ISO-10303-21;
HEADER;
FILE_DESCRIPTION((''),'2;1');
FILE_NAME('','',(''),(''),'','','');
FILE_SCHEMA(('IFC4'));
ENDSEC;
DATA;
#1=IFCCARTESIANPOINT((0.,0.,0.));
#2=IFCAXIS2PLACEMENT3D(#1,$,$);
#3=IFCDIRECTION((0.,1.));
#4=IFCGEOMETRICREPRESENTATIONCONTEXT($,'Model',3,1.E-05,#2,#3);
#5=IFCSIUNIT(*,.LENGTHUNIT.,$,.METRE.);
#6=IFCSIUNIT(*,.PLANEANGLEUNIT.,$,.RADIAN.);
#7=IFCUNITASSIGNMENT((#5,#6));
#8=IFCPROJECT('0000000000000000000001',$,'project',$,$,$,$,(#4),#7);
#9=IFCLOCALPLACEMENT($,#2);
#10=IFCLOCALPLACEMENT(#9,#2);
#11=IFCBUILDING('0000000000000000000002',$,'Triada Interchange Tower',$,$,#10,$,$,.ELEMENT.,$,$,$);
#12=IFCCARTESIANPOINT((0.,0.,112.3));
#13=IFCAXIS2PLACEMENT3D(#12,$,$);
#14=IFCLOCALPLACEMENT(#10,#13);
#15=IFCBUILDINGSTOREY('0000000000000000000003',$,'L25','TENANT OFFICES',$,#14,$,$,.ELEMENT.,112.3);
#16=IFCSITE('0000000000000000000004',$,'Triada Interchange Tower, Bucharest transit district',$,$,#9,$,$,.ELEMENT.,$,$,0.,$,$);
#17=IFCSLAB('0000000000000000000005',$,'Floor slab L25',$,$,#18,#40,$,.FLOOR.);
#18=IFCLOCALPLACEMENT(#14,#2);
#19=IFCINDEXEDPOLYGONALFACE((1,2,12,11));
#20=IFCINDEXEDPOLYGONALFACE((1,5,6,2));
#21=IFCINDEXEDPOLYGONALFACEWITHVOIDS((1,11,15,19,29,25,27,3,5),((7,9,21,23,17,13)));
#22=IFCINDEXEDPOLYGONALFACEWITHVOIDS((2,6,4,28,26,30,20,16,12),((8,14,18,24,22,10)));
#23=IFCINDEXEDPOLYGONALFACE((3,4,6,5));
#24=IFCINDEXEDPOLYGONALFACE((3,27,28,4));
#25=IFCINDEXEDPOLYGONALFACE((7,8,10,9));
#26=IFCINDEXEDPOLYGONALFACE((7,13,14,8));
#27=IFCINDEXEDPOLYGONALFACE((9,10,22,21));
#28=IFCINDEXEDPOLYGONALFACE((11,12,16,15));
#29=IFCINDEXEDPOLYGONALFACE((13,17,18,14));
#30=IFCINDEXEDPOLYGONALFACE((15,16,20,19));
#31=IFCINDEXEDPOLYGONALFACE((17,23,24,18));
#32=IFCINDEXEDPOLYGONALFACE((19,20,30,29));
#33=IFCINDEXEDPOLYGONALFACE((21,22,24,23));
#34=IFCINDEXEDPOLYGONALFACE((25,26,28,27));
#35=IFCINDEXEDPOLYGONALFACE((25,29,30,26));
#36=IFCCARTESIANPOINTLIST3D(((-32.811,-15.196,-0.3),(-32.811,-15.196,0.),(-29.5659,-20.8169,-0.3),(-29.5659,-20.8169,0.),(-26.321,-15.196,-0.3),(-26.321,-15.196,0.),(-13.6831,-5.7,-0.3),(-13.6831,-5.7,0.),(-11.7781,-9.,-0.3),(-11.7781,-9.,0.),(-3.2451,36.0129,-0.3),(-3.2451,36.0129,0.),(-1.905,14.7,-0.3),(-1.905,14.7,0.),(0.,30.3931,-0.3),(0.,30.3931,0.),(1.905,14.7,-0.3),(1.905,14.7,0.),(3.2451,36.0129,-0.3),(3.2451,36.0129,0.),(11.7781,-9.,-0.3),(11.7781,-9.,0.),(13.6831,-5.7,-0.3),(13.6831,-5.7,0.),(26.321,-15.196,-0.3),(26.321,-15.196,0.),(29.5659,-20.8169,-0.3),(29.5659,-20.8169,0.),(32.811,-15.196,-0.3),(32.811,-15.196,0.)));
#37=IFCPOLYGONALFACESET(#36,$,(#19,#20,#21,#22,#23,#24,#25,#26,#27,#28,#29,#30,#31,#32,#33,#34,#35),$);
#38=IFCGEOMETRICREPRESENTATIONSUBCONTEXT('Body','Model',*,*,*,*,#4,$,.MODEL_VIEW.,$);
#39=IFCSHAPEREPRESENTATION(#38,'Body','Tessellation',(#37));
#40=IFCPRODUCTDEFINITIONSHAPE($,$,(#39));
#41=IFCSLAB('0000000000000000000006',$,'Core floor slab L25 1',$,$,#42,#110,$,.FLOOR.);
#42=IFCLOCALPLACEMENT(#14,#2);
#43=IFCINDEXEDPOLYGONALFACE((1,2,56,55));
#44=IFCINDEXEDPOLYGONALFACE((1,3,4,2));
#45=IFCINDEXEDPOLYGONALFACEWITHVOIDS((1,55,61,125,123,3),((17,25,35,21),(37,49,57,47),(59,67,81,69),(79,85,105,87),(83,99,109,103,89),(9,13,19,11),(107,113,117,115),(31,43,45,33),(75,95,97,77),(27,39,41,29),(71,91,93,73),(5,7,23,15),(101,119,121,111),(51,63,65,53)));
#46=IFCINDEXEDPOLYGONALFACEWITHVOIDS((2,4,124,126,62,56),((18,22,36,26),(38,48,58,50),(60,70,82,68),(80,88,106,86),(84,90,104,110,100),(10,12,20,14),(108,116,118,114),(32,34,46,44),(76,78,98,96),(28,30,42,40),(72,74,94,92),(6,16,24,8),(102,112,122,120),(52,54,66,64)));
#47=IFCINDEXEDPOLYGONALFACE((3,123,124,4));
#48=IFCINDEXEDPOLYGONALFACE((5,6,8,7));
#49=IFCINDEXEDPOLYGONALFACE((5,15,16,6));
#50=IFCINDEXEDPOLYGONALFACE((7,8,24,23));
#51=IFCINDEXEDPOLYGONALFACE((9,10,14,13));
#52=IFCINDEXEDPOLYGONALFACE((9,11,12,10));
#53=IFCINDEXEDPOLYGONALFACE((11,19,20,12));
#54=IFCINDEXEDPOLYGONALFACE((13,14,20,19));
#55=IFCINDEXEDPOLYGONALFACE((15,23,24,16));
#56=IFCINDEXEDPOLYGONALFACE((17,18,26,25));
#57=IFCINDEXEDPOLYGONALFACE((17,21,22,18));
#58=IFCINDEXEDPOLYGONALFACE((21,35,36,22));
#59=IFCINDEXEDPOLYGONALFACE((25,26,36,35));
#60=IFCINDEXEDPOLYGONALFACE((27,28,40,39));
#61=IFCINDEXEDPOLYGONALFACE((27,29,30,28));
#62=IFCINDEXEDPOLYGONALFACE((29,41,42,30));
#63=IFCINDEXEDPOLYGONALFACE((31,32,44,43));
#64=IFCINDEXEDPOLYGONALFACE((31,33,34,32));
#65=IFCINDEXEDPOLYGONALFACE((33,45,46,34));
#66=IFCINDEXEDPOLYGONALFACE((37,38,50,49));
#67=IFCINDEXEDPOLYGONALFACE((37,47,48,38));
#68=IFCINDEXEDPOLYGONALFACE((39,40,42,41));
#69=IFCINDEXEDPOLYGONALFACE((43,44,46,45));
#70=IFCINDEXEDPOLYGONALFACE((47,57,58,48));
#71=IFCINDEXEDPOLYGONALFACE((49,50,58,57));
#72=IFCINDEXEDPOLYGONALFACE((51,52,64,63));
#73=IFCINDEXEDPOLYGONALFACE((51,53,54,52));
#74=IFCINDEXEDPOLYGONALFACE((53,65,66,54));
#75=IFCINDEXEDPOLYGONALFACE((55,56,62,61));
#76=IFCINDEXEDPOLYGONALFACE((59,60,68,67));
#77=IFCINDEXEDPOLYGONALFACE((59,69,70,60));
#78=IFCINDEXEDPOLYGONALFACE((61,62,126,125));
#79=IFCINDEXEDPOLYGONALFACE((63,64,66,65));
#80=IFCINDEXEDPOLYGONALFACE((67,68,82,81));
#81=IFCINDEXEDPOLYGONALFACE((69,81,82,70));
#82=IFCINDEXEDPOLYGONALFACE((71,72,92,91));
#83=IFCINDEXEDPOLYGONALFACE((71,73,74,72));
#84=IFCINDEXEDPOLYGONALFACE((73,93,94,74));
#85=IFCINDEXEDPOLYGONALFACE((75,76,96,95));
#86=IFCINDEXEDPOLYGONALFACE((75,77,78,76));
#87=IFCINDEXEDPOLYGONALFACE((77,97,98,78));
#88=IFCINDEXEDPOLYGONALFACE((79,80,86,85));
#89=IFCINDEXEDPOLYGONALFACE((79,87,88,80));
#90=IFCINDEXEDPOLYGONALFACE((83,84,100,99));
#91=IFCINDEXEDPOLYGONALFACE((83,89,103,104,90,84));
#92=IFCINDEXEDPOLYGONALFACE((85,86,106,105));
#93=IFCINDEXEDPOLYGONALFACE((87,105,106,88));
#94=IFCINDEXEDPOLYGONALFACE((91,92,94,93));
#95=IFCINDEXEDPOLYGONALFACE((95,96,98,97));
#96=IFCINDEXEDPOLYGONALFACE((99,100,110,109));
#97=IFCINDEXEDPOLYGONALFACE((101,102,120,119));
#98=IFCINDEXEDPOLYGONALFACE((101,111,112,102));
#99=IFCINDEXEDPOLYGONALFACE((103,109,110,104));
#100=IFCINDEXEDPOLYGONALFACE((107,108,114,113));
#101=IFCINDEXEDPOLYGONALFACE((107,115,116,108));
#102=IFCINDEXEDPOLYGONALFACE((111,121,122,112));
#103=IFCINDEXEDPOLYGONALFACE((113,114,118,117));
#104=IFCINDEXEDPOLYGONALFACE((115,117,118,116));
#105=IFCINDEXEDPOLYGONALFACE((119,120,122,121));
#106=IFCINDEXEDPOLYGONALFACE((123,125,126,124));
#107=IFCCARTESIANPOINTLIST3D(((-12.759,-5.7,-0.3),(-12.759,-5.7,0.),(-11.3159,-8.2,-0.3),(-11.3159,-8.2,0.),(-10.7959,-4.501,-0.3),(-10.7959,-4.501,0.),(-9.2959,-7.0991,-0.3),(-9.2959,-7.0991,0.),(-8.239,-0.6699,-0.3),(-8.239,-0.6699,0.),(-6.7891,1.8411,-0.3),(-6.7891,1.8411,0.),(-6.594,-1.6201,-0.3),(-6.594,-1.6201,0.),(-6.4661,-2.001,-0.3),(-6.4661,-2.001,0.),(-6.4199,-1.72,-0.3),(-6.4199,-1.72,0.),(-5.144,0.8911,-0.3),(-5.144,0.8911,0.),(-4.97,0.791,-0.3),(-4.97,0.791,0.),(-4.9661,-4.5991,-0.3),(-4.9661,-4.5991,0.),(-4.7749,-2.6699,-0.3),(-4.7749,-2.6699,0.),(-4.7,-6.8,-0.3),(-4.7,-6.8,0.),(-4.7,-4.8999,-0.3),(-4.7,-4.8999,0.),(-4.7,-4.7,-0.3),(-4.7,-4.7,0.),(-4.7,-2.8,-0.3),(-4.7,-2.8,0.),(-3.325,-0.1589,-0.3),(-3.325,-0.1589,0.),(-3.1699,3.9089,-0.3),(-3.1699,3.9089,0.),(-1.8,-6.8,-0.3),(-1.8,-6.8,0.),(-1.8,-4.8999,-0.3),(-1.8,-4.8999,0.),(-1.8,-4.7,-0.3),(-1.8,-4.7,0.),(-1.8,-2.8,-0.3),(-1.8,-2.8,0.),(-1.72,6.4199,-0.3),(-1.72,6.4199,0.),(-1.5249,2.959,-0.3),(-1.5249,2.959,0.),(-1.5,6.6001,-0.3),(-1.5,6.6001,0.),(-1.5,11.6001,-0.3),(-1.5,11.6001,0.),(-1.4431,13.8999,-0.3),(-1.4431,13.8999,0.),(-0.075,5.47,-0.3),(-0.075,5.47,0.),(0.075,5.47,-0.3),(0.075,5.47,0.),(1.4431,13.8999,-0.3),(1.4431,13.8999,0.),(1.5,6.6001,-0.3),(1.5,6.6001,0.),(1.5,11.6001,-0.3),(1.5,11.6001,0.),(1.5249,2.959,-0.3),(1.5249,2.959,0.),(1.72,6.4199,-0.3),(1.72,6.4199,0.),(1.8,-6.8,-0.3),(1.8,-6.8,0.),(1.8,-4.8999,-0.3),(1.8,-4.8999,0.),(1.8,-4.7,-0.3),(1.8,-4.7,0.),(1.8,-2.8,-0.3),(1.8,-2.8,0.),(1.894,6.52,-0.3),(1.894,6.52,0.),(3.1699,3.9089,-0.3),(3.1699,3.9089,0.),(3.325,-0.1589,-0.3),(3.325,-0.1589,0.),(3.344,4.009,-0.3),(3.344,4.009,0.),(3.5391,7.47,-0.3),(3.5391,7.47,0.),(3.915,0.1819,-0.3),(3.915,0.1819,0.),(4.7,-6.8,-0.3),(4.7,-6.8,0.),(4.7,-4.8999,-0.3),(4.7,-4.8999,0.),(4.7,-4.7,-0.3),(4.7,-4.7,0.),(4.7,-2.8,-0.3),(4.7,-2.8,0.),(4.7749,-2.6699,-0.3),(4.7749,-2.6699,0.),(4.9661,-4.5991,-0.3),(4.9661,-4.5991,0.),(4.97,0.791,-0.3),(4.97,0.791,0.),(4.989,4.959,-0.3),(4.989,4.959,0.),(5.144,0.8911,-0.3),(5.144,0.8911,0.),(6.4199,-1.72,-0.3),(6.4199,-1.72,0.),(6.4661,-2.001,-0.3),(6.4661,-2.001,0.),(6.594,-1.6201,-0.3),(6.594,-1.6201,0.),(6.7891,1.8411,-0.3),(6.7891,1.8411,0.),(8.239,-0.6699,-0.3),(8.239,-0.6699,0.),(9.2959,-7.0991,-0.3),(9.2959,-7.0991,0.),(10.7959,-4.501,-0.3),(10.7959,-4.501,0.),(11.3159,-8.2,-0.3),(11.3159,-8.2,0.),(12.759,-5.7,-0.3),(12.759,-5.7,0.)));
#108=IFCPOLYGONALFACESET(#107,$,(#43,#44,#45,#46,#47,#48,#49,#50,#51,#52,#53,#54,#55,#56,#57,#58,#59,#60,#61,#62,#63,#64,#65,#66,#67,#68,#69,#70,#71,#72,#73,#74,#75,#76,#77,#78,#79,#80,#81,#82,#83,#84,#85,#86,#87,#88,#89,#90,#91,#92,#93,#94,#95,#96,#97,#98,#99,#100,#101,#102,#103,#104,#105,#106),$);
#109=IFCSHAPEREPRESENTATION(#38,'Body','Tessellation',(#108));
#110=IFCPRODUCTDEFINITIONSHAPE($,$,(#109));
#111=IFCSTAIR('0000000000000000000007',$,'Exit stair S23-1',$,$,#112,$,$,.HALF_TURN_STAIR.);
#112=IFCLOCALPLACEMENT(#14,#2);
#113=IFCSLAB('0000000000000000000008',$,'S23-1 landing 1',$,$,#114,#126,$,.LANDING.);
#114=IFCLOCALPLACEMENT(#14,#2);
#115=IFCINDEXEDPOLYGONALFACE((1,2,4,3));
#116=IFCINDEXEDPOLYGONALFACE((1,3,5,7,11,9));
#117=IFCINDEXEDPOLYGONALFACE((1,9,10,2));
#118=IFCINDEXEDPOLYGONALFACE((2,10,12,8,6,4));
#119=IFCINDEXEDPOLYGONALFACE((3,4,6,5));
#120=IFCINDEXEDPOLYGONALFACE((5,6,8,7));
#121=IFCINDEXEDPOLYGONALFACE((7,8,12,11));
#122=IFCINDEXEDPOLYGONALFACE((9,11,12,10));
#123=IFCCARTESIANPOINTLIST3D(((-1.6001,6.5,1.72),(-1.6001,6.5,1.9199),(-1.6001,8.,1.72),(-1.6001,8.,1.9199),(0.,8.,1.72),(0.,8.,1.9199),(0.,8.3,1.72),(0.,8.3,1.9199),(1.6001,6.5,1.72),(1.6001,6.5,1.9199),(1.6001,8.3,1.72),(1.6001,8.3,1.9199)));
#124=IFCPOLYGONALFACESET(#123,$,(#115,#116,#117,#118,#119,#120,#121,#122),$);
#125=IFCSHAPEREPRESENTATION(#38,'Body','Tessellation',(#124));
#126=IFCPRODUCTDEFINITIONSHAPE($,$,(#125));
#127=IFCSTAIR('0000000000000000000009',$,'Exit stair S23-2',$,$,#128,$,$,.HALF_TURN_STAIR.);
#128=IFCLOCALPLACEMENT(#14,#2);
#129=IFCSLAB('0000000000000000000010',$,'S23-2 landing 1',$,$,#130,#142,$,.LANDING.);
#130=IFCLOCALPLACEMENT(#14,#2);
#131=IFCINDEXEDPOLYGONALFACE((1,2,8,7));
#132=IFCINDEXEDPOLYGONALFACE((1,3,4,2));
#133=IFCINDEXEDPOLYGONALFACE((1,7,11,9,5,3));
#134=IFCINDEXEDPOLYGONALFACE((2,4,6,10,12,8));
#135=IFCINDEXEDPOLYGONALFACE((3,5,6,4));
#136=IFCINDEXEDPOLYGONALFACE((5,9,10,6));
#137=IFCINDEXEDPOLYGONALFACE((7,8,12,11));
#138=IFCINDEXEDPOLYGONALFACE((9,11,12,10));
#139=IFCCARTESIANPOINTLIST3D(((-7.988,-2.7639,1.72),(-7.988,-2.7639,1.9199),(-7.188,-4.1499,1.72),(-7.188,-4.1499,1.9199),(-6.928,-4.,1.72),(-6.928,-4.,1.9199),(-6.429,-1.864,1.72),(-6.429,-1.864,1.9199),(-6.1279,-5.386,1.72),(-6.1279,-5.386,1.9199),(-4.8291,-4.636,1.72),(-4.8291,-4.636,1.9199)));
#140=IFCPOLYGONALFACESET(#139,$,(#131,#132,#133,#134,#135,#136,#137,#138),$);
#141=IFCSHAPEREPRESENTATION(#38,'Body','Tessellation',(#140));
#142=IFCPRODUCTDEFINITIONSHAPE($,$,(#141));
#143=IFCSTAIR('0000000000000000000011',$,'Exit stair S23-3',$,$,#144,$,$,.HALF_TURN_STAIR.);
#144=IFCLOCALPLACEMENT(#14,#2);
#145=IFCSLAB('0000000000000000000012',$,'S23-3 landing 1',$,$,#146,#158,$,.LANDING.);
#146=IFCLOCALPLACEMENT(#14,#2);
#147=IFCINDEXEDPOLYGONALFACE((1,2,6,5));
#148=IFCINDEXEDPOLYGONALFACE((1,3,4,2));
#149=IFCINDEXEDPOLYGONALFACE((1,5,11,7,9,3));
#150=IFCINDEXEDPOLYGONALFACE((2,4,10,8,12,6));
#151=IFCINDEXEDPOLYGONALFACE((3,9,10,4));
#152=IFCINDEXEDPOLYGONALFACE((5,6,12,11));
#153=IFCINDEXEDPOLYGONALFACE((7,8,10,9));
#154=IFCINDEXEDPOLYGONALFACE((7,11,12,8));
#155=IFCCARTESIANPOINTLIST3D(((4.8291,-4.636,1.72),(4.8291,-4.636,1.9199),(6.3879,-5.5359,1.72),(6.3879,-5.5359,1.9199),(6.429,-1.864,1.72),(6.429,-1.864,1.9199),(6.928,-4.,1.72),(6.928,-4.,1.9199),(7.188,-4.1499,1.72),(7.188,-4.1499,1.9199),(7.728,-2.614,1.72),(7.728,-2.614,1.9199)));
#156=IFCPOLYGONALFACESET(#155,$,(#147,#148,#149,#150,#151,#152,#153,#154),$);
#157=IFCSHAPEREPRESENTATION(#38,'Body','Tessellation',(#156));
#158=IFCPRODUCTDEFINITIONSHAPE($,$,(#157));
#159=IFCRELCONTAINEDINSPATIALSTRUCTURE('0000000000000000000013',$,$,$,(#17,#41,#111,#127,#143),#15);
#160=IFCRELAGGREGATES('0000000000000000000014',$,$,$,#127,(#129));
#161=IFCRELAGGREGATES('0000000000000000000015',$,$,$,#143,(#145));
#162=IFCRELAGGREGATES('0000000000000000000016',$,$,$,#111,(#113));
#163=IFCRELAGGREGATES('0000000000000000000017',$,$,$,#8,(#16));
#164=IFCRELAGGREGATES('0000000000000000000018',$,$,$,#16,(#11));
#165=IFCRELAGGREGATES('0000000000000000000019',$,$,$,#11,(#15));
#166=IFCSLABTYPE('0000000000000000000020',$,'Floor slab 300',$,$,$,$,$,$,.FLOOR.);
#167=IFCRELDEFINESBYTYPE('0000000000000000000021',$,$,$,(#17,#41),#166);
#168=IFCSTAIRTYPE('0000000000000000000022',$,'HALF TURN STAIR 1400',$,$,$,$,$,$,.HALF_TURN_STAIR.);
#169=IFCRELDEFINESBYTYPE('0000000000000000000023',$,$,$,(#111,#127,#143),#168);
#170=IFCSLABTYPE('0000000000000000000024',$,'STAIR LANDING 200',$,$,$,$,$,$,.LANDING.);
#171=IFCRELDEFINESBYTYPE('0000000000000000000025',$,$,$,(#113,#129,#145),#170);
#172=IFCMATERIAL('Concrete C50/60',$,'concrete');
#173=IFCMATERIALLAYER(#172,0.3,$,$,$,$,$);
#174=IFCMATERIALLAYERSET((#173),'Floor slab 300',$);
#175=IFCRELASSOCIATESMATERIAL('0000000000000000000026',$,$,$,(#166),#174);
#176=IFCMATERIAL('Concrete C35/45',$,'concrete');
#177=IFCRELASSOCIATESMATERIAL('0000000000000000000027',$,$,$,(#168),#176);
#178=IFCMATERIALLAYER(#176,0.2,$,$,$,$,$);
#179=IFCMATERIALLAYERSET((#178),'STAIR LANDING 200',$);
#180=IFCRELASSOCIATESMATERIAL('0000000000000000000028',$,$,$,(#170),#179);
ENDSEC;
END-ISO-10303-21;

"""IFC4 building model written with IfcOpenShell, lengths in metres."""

from ifc_helpers import new_model, si_unit, direction, frame, origin, place, context, subcontext, project, spatial, polyline, outline, extrude, material, layer, layer_set, type_object, element, aggregate, save


model = new_model("IFC4")

# Units and contexts
model_context = context("Model", 3, precision=1e-05, world=origin(), true_north=direction((0.0, 1.0)))
body_context = subcontext(model_context, "Body", "Model", "MODEL_VIEW")
ifc_project = project(units=[si_unit("LENGTHUNIT", "METRE"), si_unit("PLANEANGLEUNIT", "RADIAN")], contexts=[model_context])

# Site, building, storey
site_placement = place(None, origin())
site = spatial("IfcSite", under=ifc_project, at=site_placement, Name="Triada Interchange Tower, Bucharest transit district", CompositionType="ELEMENT", RefElevation=0.0)
building_placement = place(site_placement, origin())
building = spatial("IfcBuilding", under=site, at=building_placement, Name="Triada Interchange Tower", CompositionType="ELEMENT")
storey_placement = place(building_placement, frame((0.0, 0.0, 112.3)))
storey = spatial("IfcBuildingStorey", under=building, at=storey_placement, Name="L25", Description="TENANT OFFICES", CompositionType="ELEMENT", Elevation=112.3)

# Slabs
ifc_material_1 = material(Name="Concrete C50/60", Category="concrete")
ifc_layer_1 = layer(ifc_material_1, 0.3)
ifc_layer_set_1 = layer_set([ifc_layer_1], Name="Floor slab 300")
slab_type_1 = type_object("IfcSlabType", Name="Floor slab 300", PredefinedType="FLOOR", material=ifc_layer_set_1)
slab_1_placement = place(storey_placement, frame((0.0, 0.0, -0.3)))
element("IfcSlab", 1, at=slab_1_placement, inside=storey, type_object=slab_type_1, Name="Floor slab L25", PredefinedType="FLOOR", context=body_context, shape_type="SweptSolid", body=[
    extrude(outline(polyline([(-3.2451, 36.0129), (-32.811, -15.196), (-26.321, -15.196), (-29.5659, -20.8169), (29.5659, -20.8169), (26.321, -15.196), (32.811, -15.196), (3.2451, 36.0129), (0.0, 30.3931), (-3.2451, 36.0129)]), holes=[polyline([(1.905, 14.7), (-1.905, 14.7), (-13.6831, -5.7), (-11.7781, -9.0), (11.7781, -9.0), (13.6831, -5.7), (1.905, 14.7)])]), origin(), (0.0, 0.0, 1.0), 0.3),
])
slab_2_placement = place(storey_placement, frame((0.0, 0.0, -0.3)))
element("IfcSlab", 2, at=slab_2_placement, inside=storey, type_object=slab_type_1, Name="Core floor slab L25 1", PredefinedType="FLOOR", context=body_context, shape_type="SweptSolid", body=[
    extrude(outline(polyline([(12.759, -5.7), (11.3159, -8.2), (-11.3159, -8.2), (-12.759, -5.7), (-1.4431, 13.8999), (1.4431, 13.8999), (12.759, -5.7)]), holes=[polyline([(9.2959, -7.0991), (10.7959, -4.501), (6.4661, -2.001), (4.9661, -4.5991), (9.2959, -7.0991)]), polyline([(6.7891, 1.8411), (5.144, 0.8911), (6.594, -1.6201), (8.239, -0.6699), (6.7891, 1.8411)]), polyline([(4.7749, -2.6699), (6.4199, -1.72), (4.97, 0.791), (3.915, 0.1819), (3.325, -0.1589), (4.7749, -2.6699)]), polyline([(1.894, 6.52), (3.344, 4.009), (4.989, 4.959), (3.5391, 7.47), (1.894, 6.52)]), polyline([(4.7, -6.8), (4.7, -4.8999), (1.8, -4.8999), (1.8, -6.8), (4.7, -6.8)]), polyline([(4.7, -2.8), (1.8, -2.8), (1.8, -4.7), (4.7, -4.7), (4.7, -2.8)]), polyline([(0.075, 5.47), (1.5249, 2.959), (3.1699, 3.9089), (1.72, 6.4199), (0.075, 5.47)]), polyline([(1.5, 11.6001), (-1.5, 11.6001), (-1.5, 6.6001), (1.5, 6.6001), (1.5, 11.6001)]), polyline([(-1.5249, 2.959), (-0.075, 5.47), (-1.72, 6.4199), (-3.1699, 3.9089), (-1.5249, 2.959)]), polyline([(-1.8, -2.8), (-4.7, -2.8), (-4.7, -4.7), (-1.8, -4.7), (-1.8, -2.8)]), polyline([(-4.7, -6.8), (-1.8, -6.8), (-1.8, -4.8999), (-4.7, -4.8999), (-4.7, -6.8)]), polyline([(-4.7749, -2.6699), (-3.325, -0.1589), (-4.97, 0.791), (-6.4199, -1.72), (-4.7749, -2.6699)]), polyline([(-10.7959, -4.501), (-9.2959, -7.0991), (-4.9661, -4.5991), (-6.4661, -2.001), (-10.7959, -4.501)]), polyline([(-6.594, -1.6201), (-5.144, 0.8911), (-6.7891, 1.8411), (-8.239, -0.6699), (-6.594, -1.6201)])]), origin(), (0.0, 0.0, 1.0), 0.3),
])

# Stairs, slabs
ifc_material_2 = material(Name="Concrete C35/45", Category="concrete")
stair_type = type_object("IfcStairType", Name="HALF TURN STAIR 1400", PredefinedType="HALF_TURN_STAIR", material=ifc_material_2)
stair_1_placement = place(storey_placement, origin())
stair_1 = element("IfcStair", 3, at=stair_1_placement, inside=storey, type_object=stair_type, Name="Exit stair S23-1", PredefinedType="HALF_TURN_STAIR")
ifc_layer_2 = layer(ifc_material_2, 0.2)
ifc_layer_set_2 = layer_set([ifc_layer_2], Name="STAIR LANDING 200")
slab_type_2 = type_object("IfcSlabType", Name="STAIR LANDING 200", PredefinedType="LANDING", material=ifc_layer_set_2)
slab_3_placement = place(storey_placement, frame((0.0, 0.0, 1.72)))
slab_3 = element("IfcSlab", 4, at=slab_3_placement, type_object=slab_type_2, Name="S23-1 landing 1", PredefinedType="LANDING", context=body_context, shape_type="SweptSolid", body=[
    extrude(outline(polyline([(1.6001, 6.5), (1.6001, 8.3), (0.0, 8.3), (0.0, 8.0), (-1.6001, 8.0), (-1.6001, 6.5), (1.6001, 6.5)])), origin(), (0.0, 0.0, 1.0), 0.2),
])
stair_2_placement = place(storey_placement, origin())
stair_2 = element("IfcStair", 5, at=stair_2_placement, inside=storey, type_object=stair_type, Name="Exit stair S23-2", PredefinedType="HALF_TURN_STAIR")
slab_4_placement = place(storey_placement, frame((0.0, 0.0, 1.72)))
slab_4 = element("IfcSlab", 6, at=slab_4_placement, type_object=slab_type_2, Name="S23-2 landing 1", PredefinedType="LANDING", context=body_context, shape_type="SweptSolid", body=[
    extrude(outline(polyline([(-6.429, -1.864), (-7.988, -2.7639), (-7.188, -4.1499), (-6.928, -4.0), (-6.1279, -5.386), (-4.8291, -4.636), (-6.429, -1.864)])), origin(), (0.0, 0.0, 1.0), 0.2),
])
aggregate(stair_2, [slab_4])
stair_3_placement = place(storey_placement, origin())
stair_3 = element("IfcStair", 7, at=stair_3_placement, inside=storey, type_object=stair_type, Name="Exit stair S23-3", PredefinedType="HALF_TURN_STAIR")
slab_5_placement = place(storey_placement, frame((0.0, 0.0, 1.72)))
slab_5 = element("IfcSlab", 8, at=slab_5_placement, type_object=slab_type_2, Name="S23-3 landing 1", PredefinedType="LANDING", context=body_context, shape_type="SweptSolid", body=[
    extrude(outline(polyline([(4.8291, -4.636), (6.3879, -5.5359), (7.188, -4.1499), (6.928, -4.0), (7.728, -2.614), (6.429, -1.864), (4.8291, -4.636)])), origin(), (0.0, 0.0, 1.0), 0.2),
])
aggregate(stair_3, [slab_5])

aggregate(stair_1, [slab_3])

save(model, "model.ifc")
